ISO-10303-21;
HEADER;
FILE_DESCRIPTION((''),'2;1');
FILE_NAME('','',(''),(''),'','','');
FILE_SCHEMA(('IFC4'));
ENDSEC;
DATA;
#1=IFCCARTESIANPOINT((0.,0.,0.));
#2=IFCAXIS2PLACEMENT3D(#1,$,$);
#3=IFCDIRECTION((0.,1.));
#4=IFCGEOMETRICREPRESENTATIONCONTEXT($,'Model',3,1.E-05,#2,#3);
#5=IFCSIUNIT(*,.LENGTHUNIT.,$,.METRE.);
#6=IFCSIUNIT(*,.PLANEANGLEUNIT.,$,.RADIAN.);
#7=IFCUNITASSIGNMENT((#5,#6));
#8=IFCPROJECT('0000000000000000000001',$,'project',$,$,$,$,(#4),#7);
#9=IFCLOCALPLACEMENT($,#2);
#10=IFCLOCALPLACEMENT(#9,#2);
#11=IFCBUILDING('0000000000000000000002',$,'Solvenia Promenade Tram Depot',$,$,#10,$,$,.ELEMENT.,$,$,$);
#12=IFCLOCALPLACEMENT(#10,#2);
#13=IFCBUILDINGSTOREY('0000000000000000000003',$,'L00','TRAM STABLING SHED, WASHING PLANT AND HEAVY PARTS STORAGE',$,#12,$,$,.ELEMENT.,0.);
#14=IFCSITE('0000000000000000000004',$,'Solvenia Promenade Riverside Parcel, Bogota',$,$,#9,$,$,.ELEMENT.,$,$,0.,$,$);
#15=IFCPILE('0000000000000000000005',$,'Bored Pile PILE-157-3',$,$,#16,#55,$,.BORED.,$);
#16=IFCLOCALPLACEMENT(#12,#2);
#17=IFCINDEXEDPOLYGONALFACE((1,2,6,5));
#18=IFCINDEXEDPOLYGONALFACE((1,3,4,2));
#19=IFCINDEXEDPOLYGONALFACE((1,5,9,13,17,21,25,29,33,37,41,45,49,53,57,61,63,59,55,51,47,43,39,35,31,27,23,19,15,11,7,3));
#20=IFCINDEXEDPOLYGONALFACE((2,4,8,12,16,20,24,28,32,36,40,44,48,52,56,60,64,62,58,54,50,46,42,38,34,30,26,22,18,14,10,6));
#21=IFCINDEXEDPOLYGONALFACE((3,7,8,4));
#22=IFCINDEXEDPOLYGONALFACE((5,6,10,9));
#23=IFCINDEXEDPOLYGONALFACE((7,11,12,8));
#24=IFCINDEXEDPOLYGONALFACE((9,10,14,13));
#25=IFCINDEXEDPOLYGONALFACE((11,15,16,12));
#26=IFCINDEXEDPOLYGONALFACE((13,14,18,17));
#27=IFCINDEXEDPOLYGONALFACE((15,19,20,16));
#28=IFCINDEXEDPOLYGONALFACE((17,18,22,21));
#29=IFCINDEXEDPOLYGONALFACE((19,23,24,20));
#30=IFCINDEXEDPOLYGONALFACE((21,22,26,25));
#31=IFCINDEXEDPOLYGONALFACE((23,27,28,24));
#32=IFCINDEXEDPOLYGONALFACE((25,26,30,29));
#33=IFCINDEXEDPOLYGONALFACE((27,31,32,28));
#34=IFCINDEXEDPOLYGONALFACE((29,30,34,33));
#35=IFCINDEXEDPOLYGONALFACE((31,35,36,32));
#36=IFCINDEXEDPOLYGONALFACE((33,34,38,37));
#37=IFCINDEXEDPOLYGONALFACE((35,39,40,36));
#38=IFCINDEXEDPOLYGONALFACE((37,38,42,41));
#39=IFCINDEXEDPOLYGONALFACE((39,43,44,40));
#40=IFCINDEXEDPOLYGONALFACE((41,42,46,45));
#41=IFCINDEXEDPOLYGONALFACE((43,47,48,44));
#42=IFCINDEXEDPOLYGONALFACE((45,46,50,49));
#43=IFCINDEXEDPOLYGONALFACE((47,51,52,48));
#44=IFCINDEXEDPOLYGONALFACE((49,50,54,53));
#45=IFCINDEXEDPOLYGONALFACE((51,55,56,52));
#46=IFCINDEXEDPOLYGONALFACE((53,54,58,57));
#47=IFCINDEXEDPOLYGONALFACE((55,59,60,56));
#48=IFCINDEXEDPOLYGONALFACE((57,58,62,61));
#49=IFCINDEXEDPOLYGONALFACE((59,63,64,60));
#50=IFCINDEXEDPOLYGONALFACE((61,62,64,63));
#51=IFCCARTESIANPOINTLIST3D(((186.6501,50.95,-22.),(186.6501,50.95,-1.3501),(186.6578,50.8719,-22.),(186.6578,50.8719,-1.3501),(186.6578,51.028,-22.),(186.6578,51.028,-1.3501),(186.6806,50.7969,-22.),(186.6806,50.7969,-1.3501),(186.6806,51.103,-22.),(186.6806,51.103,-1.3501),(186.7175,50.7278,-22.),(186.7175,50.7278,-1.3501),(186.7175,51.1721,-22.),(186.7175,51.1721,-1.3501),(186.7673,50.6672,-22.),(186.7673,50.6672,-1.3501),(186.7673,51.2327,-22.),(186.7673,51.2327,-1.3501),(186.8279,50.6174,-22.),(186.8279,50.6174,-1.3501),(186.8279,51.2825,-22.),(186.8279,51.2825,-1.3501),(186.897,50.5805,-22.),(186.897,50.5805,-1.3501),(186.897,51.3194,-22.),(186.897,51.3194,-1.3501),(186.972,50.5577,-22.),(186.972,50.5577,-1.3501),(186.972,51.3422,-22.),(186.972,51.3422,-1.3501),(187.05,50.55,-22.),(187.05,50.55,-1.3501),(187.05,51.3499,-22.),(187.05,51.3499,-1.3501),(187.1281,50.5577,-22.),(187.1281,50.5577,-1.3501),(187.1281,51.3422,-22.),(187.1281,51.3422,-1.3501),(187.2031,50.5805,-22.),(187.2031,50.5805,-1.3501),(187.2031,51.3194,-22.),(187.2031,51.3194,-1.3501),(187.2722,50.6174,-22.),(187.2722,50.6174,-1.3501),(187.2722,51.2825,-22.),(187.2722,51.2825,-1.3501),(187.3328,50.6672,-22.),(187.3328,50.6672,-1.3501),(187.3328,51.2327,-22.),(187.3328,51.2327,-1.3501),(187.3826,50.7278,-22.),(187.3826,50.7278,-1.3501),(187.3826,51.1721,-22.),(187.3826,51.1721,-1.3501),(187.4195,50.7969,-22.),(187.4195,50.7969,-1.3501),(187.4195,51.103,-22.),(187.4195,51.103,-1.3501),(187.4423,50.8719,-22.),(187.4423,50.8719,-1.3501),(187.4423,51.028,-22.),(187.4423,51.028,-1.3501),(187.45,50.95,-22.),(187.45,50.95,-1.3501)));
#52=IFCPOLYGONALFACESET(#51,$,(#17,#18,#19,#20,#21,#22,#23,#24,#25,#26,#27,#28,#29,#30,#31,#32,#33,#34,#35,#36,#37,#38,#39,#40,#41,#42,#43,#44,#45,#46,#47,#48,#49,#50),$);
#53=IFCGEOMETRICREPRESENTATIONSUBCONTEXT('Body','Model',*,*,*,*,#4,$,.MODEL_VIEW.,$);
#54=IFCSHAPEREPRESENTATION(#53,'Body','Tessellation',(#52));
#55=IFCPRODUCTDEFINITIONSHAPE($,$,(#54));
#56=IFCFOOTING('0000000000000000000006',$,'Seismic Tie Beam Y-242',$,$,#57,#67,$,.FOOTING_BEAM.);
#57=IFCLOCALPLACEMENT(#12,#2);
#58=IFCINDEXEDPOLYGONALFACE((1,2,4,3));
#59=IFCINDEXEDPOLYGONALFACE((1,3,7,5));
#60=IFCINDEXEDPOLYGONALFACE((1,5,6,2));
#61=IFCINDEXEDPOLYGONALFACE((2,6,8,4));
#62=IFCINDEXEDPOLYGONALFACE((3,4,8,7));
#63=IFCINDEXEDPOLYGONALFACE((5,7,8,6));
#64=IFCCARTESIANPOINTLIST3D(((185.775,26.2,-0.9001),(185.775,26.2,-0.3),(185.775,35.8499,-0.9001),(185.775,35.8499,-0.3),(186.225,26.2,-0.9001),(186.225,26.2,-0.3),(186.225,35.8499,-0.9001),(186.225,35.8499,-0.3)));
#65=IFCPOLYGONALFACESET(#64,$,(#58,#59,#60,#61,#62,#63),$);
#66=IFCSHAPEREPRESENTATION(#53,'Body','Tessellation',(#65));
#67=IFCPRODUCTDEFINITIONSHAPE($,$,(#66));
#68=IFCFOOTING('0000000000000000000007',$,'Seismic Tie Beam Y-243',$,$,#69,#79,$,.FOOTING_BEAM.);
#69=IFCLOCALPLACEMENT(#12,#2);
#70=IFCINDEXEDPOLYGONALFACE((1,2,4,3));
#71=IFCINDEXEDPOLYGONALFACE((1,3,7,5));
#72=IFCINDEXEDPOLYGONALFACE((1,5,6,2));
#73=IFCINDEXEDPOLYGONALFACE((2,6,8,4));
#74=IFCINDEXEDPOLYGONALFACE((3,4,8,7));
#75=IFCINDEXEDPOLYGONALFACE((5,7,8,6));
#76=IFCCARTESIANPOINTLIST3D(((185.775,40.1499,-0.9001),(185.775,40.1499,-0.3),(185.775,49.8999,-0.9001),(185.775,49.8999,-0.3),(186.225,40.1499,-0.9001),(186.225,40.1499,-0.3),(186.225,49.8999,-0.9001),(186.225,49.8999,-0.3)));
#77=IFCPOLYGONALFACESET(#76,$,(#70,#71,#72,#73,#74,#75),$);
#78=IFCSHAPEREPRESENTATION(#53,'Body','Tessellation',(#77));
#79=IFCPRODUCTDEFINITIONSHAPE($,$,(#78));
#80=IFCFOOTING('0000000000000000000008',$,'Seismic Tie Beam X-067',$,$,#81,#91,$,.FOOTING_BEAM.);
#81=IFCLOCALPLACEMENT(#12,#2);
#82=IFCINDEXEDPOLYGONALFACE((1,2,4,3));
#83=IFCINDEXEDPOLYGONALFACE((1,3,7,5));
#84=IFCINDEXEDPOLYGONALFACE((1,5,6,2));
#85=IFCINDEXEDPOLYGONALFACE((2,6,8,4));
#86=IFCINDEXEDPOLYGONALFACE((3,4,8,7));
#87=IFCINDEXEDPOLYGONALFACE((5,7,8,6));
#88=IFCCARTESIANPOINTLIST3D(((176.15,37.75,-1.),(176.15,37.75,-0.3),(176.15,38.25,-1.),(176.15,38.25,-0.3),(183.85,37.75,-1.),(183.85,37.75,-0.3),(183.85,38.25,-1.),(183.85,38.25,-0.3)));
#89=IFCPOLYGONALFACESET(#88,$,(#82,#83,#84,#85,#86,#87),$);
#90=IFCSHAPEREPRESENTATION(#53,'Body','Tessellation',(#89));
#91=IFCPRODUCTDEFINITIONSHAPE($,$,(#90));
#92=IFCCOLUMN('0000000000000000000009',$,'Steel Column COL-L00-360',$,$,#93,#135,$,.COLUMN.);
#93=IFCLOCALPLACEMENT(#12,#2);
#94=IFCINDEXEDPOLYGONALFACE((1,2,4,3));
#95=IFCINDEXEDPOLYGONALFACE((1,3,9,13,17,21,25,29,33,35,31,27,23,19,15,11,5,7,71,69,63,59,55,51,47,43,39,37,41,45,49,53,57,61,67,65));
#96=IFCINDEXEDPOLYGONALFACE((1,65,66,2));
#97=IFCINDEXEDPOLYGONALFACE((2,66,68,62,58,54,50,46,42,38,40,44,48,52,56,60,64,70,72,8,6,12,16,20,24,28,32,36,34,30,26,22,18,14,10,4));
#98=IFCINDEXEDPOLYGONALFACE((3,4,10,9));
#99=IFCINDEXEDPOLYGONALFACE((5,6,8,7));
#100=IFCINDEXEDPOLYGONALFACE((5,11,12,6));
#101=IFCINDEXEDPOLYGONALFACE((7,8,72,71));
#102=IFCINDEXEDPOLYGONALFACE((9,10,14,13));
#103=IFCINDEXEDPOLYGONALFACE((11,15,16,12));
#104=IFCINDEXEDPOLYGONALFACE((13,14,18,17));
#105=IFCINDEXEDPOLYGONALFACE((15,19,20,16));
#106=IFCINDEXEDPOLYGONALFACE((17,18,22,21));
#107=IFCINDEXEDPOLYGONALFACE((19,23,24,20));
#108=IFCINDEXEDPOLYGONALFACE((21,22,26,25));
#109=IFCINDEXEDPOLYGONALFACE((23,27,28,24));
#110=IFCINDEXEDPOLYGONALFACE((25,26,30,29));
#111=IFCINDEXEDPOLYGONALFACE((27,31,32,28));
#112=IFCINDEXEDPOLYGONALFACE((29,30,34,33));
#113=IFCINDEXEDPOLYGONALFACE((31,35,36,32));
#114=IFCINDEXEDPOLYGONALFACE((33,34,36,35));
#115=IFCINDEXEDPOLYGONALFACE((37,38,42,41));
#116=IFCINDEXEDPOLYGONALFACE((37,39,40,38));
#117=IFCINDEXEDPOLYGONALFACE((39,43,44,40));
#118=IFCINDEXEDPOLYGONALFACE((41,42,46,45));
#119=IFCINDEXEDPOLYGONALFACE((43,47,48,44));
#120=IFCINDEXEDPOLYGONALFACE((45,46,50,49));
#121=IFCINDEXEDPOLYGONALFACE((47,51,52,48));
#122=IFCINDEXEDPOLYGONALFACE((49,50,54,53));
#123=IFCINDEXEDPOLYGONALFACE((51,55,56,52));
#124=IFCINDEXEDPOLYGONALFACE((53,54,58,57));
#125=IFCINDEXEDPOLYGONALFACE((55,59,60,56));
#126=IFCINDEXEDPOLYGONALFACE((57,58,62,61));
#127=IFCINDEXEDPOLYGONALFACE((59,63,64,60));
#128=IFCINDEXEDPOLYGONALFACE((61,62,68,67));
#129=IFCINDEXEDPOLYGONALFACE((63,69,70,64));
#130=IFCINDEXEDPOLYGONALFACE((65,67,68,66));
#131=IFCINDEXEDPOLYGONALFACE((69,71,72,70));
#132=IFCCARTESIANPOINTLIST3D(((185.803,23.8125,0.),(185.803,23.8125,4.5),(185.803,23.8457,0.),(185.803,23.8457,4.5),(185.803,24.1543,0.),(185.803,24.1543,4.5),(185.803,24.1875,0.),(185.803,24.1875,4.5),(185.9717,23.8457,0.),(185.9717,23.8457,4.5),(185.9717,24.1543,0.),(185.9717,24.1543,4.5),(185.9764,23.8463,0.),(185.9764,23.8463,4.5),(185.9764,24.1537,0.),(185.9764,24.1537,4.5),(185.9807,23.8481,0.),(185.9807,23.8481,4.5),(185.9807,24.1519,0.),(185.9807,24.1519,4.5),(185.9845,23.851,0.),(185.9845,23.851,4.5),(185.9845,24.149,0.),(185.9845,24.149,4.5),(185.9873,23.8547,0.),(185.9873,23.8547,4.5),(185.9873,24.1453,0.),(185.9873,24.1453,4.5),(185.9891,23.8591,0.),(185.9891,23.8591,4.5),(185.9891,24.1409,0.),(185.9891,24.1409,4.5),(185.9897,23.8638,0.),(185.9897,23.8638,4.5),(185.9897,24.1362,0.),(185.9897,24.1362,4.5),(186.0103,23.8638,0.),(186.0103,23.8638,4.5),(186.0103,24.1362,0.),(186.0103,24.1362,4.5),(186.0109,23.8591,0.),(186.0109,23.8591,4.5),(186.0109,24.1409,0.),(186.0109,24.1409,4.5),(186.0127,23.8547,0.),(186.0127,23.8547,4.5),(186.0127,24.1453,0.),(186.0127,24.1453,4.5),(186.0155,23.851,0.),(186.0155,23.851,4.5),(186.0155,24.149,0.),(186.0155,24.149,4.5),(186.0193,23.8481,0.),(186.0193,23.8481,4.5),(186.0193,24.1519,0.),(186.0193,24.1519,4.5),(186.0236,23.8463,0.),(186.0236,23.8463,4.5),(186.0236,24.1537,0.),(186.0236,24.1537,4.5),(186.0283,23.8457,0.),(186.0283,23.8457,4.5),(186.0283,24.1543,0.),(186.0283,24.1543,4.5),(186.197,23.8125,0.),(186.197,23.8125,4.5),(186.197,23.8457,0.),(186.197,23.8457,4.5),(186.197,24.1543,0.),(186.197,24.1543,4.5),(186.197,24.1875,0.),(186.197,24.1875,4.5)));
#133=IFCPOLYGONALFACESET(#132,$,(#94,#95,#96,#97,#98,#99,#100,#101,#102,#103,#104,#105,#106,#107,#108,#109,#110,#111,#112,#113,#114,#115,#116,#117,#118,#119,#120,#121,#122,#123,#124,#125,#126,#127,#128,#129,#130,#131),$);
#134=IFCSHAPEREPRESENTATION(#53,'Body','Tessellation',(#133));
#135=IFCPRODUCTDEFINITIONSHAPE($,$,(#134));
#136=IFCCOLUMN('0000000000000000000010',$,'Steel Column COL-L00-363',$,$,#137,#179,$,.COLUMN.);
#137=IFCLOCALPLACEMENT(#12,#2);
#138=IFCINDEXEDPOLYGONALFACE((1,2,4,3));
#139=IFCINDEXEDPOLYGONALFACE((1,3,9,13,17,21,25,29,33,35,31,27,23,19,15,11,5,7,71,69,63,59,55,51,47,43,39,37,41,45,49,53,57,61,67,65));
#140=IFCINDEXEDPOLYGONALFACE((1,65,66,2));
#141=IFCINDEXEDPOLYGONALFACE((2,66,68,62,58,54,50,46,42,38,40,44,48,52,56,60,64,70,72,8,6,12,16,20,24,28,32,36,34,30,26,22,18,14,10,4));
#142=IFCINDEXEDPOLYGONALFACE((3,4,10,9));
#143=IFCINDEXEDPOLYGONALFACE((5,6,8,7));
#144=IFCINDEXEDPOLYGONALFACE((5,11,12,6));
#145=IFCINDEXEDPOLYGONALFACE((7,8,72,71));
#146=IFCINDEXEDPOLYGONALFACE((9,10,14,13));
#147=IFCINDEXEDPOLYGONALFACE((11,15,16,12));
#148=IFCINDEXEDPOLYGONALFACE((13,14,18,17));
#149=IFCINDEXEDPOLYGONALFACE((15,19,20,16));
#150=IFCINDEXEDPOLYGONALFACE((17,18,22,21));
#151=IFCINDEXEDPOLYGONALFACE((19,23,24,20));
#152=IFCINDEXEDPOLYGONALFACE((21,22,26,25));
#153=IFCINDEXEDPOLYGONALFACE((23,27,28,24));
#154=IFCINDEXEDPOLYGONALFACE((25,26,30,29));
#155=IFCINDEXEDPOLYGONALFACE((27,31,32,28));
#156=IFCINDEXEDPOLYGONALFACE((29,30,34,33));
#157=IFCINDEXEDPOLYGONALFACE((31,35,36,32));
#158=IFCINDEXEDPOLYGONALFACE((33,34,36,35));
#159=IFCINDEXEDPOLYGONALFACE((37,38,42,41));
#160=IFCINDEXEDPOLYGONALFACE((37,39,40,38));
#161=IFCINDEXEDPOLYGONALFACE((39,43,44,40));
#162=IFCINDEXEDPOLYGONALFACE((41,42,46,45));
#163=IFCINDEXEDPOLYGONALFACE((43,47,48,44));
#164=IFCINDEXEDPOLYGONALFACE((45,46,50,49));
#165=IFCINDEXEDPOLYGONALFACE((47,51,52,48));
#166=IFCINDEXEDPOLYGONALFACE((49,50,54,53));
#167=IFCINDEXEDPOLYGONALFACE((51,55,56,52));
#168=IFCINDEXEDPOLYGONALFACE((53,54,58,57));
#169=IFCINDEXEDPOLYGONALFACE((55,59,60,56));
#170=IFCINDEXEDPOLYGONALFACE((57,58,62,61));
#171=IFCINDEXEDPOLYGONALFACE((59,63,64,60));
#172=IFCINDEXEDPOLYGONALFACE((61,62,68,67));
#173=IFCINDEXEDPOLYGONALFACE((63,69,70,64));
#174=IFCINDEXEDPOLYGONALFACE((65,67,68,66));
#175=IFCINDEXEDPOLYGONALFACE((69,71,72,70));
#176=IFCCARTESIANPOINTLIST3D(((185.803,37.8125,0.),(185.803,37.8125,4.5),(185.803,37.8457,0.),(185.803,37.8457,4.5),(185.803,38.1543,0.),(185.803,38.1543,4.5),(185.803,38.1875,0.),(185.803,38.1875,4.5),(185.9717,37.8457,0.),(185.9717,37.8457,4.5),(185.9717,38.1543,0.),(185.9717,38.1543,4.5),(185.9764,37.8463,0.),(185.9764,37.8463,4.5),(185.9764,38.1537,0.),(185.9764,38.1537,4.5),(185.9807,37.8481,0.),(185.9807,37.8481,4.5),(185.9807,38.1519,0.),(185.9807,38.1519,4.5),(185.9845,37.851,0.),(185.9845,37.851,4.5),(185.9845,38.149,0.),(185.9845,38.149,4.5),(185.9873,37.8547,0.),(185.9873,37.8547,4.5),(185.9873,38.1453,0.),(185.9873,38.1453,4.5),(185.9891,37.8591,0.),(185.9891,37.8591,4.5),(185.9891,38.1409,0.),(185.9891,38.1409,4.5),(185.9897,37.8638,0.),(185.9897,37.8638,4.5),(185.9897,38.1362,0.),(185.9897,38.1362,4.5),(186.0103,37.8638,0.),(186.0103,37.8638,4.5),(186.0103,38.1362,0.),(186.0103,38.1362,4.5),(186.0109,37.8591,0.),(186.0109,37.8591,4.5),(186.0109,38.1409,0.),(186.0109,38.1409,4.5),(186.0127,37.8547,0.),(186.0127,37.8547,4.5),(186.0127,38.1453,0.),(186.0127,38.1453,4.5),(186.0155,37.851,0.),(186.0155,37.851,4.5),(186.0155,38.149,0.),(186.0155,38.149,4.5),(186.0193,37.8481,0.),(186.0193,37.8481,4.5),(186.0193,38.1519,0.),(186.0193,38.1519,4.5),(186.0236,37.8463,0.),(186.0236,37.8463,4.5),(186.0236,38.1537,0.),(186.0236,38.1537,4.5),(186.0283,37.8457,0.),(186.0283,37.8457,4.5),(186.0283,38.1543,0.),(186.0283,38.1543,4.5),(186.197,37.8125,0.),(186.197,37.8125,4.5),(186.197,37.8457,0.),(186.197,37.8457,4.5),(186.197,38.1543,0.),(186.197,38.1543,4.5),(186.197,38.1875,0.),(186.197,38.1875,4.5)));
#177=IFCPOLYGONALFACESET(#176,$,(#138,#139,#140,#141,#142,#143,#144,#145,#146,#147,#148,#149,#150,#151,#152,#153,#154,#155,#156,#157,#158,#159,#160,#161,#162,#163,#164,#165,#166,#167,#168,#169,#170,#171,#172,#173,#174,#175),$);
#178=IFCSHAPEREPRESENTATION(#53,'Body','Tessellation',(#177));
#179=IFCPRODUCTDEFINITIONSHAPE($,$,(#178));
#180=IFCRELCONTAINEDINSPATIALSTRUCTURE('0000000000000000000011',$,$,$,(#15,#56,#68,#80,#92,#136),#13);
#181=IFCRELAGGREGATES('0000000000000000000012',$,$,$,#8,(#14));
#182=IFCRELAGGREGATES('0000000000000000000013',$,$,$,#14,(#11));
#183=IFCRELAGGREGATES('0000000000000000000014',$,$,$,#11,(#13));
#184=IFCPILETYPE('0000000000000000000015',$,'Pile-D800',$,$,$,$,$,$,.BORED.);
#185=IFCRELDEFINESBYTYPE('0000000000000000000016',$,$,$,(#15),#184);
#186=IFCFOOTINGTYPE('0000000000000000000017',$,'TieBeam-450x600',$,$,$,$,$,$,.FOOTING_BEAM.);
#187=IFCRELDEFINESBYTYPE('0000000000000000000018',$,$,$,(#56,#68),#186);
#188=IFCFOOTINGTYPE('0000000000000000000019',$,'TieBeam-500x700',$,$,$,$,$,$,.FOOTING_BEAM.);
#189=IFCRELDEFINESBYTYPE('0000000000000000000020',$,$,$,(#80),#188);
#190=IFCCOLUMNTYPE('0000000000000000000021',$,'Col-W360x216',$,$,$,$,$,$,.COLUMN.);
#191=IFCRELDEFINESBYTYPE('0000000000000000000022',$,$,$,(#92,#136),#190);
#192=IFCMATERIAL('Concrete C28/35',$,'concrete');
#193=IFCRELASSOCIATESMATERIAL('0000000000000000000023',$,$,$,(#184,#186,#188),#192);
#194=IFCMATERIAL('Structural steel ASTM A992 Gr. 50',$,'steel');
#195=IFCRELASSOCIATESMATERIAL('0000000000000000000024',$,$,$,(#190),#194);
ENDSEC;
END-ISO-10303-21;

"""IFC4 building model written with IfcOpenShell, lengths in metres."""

from ifc_helpers import new_model, si_unit, direction, frame, origin, origin_2d, place, context, subcontext, project, spatial, rectangle, circle, i_section, extrude, material, material_profile, profile_set, type_object, element, save


model = new_model("IFC4")

# Units and contexts
model_context = context("Model", 3, precision=1e-05, world=origin(), true_north=direction((0.0, 1.0)))
body_context = subcontext(model_context, "Body", "Model", "MODEL_VIEW")
ifc_project = project(units=[si_unit("LENGTHUNIT", "METRE"), si_unit("PLANEANGLEUNIT", "RADIAN")], contexts=[model_context])

# Site, building, storey
site_placement = place(None, origin())
site = spatial("IfcSite", under=ifc_project, at=site_placement, Name="Solvenia Promenade Riverside Parcel, Bogota", CompositionType="ELEMENT", RefElevation=0.0)
building_placement = place(site_placement, origin())
building = spatial("IfcBuilding", under=site, at=building_placement, Name="Solvenia Promenade Tram Depot", CompositionType="ELEMENT")
storey_placement = place(building_placement, origin())
storey = spatial("IfcBuildingStorey", under=building, at=storey_placement, Name="L00", Description="TRAM STABLING SHED, WASHING PLANT AND HEAVY PARTS STORAGE", CompositionType="ELEMENT", Elevation=0.0)

# Shared definitions
ifc_material_1 = material(Name="Concrete C28/35", Category="concrete")

# Pile
ifc_material_profile_1 = material_profile(ifc_material_1, circle(Radius=0.3999, at=origin_2d()), Name="D800", Category="concrete")
ifc_profile_set_1 = profile_set([ifc_material_profile_1], Name="Concrete C28/35")
pile_type_1 = type_object("IfcPileType", Name="Pile-D800", PredefinedType="BORED", material=ifc_profile_set_1)
for number, where, z_axis, x_axis, name in (
    (1, (187.05, 50.95, -1.3501), (0.0, 0.0, -1.0), (1.0, 0.0, 0.0), "Bored Pile PILE-157-3"),
):
    element("IfcPile", number, at=place(storey_placement, frame(where, z_axis=z_axis, x_axis=x_axis)), inside=storey, type_object=pile_type_1, Name=name, PredefinedType="BORED", context=body_context, shape_type="SweptSolid", body=[
        extrude(circle(Radius=0.3999, at=origin_2d()), origin(), (0.0, 0.0, 1.0), 20.6499),
    ])

# Footings
footing_type_1 = type_object("IfcFootingType", Name="TieBeam-450x600", PredefinedType="FOOTING_BEAM", material=ifc_material_1)
footing_1_placement = place(storey_placement, frame((186.0, 31.0249, -0.9001), z_axis=(0.0, 0.0, 1.0), x_axis=(1.0, 0.0, 0.0)))
element("IfcFooting", 2, at=footing_1_placement, inside=storey, type_object=footing_type_1, Name="Seismic Tie Beam Y-242", PredefinedType="FOOTING_BEAM", context=body_context, shape_type="SweptSolid", body=[
    extrude(rectangle(XDim=0.45, YDim=9.6499, at=origin_2d()), origin(), (0.0, 0.0, 1.0), 0.6001),
])
footing_2_placement = place(storey_placement, frame((186.0, 45.0249, -0.9001), z_axis=(0.0, 0.0, 1.0), x_axis=(1.0, 0.0, 0.0)))
element("IfcFooting", 3, at=footing_2_placement, inside=storey, type_object=footing_type_1, Name="Seismic Tie Beam Y-243", PredefinedType="FOOTING_BEAM", context=body_context, shape_type="SweptSolid", body=[
    extrude(rectangle(XDim=0.45, YDim=9.75, at=origin_2d()), origin(), (0.0, 0.0, 1.0), 0.6001),
])
footing_type_2 = type_object("IfcFootingType", Name="TieBeam-500x700", PredefinedType="FOOTING_BEAM", material=ifc_material_1)
footing_3_placement = place(storey_placement, frame((180.0, 38.0, -1.0), z_axis=(0.0, 0.0, 1.0), x_axis=(1.0, 0.0, 0.0)))
element("IfcFooting", 4, at=footing_3_placement, inside=storey, type_object=footing_type_2, Name="Seismic Tie Beam X-067", PredefinedType="FOOTING_BEAM", context=body_context, shape_type="SweptSolid", body=[
    extrude(rectangle(XDim=7.7, YDim=0.5, at=origin_2d()), origin(), (0.0, 0.0, 1.0), 0.7),
])

# Columns
ifc_material_2 = material(Name="Structural steel ASTM A992 Gr. 50", Category="steel")
ifc_material_profile_2 = material_profile(ifc_material_2, i_section(OverallWidth=0.394, OverallDepth=0.375, WebThickness=0.0205, FlangeThickness=0.0332, FilletRadius=0.0181, at=origin_2d()), Name="W360x216", Category="steel")
ifc_profile_set_2 = profile_set([ifc_material_profile_2], Name="Structural steel ASTM A992 Gr. 50")
column_type = type_object("IfcColumnType", Name="Col-W360x216", PredefinedType="COLUMN", material=ifc_profile_set_2)
for number, where, z_axis, x_axis, name in (
    (5, (186.0, 24.0, 0.0), (0.0, 0.0, 1.0), (1.0, 0.0, 0.0), "Steel Column COL-L00-360"),
    (6, (186.0, 38.0, 0.0), (0.0, 0.0, 1.0), (1.0, 0.0, 0.0), "Steel Column COL-L00-363"),
):
    element("IfcColumn", number, at=place(storey_placement, frame(where, z_axis=z_axis, x_axis=x_axis)), inside=storey, type_object=column_type, Name=name, PredefinedType="COLUMN", context=body_context, shape_type="SweptSolid", body=[
        extrude(i_section(OverallWidth=0.394, OverallDepth=0.375, WebThickness=0.0205, FlangeThickness=0.0332, FilletRadius=0.0181, at=origin_2d()), origin(), (0.0, 0.0, 1.0), 4.5),
    ])

save(model, "model.ifc")
